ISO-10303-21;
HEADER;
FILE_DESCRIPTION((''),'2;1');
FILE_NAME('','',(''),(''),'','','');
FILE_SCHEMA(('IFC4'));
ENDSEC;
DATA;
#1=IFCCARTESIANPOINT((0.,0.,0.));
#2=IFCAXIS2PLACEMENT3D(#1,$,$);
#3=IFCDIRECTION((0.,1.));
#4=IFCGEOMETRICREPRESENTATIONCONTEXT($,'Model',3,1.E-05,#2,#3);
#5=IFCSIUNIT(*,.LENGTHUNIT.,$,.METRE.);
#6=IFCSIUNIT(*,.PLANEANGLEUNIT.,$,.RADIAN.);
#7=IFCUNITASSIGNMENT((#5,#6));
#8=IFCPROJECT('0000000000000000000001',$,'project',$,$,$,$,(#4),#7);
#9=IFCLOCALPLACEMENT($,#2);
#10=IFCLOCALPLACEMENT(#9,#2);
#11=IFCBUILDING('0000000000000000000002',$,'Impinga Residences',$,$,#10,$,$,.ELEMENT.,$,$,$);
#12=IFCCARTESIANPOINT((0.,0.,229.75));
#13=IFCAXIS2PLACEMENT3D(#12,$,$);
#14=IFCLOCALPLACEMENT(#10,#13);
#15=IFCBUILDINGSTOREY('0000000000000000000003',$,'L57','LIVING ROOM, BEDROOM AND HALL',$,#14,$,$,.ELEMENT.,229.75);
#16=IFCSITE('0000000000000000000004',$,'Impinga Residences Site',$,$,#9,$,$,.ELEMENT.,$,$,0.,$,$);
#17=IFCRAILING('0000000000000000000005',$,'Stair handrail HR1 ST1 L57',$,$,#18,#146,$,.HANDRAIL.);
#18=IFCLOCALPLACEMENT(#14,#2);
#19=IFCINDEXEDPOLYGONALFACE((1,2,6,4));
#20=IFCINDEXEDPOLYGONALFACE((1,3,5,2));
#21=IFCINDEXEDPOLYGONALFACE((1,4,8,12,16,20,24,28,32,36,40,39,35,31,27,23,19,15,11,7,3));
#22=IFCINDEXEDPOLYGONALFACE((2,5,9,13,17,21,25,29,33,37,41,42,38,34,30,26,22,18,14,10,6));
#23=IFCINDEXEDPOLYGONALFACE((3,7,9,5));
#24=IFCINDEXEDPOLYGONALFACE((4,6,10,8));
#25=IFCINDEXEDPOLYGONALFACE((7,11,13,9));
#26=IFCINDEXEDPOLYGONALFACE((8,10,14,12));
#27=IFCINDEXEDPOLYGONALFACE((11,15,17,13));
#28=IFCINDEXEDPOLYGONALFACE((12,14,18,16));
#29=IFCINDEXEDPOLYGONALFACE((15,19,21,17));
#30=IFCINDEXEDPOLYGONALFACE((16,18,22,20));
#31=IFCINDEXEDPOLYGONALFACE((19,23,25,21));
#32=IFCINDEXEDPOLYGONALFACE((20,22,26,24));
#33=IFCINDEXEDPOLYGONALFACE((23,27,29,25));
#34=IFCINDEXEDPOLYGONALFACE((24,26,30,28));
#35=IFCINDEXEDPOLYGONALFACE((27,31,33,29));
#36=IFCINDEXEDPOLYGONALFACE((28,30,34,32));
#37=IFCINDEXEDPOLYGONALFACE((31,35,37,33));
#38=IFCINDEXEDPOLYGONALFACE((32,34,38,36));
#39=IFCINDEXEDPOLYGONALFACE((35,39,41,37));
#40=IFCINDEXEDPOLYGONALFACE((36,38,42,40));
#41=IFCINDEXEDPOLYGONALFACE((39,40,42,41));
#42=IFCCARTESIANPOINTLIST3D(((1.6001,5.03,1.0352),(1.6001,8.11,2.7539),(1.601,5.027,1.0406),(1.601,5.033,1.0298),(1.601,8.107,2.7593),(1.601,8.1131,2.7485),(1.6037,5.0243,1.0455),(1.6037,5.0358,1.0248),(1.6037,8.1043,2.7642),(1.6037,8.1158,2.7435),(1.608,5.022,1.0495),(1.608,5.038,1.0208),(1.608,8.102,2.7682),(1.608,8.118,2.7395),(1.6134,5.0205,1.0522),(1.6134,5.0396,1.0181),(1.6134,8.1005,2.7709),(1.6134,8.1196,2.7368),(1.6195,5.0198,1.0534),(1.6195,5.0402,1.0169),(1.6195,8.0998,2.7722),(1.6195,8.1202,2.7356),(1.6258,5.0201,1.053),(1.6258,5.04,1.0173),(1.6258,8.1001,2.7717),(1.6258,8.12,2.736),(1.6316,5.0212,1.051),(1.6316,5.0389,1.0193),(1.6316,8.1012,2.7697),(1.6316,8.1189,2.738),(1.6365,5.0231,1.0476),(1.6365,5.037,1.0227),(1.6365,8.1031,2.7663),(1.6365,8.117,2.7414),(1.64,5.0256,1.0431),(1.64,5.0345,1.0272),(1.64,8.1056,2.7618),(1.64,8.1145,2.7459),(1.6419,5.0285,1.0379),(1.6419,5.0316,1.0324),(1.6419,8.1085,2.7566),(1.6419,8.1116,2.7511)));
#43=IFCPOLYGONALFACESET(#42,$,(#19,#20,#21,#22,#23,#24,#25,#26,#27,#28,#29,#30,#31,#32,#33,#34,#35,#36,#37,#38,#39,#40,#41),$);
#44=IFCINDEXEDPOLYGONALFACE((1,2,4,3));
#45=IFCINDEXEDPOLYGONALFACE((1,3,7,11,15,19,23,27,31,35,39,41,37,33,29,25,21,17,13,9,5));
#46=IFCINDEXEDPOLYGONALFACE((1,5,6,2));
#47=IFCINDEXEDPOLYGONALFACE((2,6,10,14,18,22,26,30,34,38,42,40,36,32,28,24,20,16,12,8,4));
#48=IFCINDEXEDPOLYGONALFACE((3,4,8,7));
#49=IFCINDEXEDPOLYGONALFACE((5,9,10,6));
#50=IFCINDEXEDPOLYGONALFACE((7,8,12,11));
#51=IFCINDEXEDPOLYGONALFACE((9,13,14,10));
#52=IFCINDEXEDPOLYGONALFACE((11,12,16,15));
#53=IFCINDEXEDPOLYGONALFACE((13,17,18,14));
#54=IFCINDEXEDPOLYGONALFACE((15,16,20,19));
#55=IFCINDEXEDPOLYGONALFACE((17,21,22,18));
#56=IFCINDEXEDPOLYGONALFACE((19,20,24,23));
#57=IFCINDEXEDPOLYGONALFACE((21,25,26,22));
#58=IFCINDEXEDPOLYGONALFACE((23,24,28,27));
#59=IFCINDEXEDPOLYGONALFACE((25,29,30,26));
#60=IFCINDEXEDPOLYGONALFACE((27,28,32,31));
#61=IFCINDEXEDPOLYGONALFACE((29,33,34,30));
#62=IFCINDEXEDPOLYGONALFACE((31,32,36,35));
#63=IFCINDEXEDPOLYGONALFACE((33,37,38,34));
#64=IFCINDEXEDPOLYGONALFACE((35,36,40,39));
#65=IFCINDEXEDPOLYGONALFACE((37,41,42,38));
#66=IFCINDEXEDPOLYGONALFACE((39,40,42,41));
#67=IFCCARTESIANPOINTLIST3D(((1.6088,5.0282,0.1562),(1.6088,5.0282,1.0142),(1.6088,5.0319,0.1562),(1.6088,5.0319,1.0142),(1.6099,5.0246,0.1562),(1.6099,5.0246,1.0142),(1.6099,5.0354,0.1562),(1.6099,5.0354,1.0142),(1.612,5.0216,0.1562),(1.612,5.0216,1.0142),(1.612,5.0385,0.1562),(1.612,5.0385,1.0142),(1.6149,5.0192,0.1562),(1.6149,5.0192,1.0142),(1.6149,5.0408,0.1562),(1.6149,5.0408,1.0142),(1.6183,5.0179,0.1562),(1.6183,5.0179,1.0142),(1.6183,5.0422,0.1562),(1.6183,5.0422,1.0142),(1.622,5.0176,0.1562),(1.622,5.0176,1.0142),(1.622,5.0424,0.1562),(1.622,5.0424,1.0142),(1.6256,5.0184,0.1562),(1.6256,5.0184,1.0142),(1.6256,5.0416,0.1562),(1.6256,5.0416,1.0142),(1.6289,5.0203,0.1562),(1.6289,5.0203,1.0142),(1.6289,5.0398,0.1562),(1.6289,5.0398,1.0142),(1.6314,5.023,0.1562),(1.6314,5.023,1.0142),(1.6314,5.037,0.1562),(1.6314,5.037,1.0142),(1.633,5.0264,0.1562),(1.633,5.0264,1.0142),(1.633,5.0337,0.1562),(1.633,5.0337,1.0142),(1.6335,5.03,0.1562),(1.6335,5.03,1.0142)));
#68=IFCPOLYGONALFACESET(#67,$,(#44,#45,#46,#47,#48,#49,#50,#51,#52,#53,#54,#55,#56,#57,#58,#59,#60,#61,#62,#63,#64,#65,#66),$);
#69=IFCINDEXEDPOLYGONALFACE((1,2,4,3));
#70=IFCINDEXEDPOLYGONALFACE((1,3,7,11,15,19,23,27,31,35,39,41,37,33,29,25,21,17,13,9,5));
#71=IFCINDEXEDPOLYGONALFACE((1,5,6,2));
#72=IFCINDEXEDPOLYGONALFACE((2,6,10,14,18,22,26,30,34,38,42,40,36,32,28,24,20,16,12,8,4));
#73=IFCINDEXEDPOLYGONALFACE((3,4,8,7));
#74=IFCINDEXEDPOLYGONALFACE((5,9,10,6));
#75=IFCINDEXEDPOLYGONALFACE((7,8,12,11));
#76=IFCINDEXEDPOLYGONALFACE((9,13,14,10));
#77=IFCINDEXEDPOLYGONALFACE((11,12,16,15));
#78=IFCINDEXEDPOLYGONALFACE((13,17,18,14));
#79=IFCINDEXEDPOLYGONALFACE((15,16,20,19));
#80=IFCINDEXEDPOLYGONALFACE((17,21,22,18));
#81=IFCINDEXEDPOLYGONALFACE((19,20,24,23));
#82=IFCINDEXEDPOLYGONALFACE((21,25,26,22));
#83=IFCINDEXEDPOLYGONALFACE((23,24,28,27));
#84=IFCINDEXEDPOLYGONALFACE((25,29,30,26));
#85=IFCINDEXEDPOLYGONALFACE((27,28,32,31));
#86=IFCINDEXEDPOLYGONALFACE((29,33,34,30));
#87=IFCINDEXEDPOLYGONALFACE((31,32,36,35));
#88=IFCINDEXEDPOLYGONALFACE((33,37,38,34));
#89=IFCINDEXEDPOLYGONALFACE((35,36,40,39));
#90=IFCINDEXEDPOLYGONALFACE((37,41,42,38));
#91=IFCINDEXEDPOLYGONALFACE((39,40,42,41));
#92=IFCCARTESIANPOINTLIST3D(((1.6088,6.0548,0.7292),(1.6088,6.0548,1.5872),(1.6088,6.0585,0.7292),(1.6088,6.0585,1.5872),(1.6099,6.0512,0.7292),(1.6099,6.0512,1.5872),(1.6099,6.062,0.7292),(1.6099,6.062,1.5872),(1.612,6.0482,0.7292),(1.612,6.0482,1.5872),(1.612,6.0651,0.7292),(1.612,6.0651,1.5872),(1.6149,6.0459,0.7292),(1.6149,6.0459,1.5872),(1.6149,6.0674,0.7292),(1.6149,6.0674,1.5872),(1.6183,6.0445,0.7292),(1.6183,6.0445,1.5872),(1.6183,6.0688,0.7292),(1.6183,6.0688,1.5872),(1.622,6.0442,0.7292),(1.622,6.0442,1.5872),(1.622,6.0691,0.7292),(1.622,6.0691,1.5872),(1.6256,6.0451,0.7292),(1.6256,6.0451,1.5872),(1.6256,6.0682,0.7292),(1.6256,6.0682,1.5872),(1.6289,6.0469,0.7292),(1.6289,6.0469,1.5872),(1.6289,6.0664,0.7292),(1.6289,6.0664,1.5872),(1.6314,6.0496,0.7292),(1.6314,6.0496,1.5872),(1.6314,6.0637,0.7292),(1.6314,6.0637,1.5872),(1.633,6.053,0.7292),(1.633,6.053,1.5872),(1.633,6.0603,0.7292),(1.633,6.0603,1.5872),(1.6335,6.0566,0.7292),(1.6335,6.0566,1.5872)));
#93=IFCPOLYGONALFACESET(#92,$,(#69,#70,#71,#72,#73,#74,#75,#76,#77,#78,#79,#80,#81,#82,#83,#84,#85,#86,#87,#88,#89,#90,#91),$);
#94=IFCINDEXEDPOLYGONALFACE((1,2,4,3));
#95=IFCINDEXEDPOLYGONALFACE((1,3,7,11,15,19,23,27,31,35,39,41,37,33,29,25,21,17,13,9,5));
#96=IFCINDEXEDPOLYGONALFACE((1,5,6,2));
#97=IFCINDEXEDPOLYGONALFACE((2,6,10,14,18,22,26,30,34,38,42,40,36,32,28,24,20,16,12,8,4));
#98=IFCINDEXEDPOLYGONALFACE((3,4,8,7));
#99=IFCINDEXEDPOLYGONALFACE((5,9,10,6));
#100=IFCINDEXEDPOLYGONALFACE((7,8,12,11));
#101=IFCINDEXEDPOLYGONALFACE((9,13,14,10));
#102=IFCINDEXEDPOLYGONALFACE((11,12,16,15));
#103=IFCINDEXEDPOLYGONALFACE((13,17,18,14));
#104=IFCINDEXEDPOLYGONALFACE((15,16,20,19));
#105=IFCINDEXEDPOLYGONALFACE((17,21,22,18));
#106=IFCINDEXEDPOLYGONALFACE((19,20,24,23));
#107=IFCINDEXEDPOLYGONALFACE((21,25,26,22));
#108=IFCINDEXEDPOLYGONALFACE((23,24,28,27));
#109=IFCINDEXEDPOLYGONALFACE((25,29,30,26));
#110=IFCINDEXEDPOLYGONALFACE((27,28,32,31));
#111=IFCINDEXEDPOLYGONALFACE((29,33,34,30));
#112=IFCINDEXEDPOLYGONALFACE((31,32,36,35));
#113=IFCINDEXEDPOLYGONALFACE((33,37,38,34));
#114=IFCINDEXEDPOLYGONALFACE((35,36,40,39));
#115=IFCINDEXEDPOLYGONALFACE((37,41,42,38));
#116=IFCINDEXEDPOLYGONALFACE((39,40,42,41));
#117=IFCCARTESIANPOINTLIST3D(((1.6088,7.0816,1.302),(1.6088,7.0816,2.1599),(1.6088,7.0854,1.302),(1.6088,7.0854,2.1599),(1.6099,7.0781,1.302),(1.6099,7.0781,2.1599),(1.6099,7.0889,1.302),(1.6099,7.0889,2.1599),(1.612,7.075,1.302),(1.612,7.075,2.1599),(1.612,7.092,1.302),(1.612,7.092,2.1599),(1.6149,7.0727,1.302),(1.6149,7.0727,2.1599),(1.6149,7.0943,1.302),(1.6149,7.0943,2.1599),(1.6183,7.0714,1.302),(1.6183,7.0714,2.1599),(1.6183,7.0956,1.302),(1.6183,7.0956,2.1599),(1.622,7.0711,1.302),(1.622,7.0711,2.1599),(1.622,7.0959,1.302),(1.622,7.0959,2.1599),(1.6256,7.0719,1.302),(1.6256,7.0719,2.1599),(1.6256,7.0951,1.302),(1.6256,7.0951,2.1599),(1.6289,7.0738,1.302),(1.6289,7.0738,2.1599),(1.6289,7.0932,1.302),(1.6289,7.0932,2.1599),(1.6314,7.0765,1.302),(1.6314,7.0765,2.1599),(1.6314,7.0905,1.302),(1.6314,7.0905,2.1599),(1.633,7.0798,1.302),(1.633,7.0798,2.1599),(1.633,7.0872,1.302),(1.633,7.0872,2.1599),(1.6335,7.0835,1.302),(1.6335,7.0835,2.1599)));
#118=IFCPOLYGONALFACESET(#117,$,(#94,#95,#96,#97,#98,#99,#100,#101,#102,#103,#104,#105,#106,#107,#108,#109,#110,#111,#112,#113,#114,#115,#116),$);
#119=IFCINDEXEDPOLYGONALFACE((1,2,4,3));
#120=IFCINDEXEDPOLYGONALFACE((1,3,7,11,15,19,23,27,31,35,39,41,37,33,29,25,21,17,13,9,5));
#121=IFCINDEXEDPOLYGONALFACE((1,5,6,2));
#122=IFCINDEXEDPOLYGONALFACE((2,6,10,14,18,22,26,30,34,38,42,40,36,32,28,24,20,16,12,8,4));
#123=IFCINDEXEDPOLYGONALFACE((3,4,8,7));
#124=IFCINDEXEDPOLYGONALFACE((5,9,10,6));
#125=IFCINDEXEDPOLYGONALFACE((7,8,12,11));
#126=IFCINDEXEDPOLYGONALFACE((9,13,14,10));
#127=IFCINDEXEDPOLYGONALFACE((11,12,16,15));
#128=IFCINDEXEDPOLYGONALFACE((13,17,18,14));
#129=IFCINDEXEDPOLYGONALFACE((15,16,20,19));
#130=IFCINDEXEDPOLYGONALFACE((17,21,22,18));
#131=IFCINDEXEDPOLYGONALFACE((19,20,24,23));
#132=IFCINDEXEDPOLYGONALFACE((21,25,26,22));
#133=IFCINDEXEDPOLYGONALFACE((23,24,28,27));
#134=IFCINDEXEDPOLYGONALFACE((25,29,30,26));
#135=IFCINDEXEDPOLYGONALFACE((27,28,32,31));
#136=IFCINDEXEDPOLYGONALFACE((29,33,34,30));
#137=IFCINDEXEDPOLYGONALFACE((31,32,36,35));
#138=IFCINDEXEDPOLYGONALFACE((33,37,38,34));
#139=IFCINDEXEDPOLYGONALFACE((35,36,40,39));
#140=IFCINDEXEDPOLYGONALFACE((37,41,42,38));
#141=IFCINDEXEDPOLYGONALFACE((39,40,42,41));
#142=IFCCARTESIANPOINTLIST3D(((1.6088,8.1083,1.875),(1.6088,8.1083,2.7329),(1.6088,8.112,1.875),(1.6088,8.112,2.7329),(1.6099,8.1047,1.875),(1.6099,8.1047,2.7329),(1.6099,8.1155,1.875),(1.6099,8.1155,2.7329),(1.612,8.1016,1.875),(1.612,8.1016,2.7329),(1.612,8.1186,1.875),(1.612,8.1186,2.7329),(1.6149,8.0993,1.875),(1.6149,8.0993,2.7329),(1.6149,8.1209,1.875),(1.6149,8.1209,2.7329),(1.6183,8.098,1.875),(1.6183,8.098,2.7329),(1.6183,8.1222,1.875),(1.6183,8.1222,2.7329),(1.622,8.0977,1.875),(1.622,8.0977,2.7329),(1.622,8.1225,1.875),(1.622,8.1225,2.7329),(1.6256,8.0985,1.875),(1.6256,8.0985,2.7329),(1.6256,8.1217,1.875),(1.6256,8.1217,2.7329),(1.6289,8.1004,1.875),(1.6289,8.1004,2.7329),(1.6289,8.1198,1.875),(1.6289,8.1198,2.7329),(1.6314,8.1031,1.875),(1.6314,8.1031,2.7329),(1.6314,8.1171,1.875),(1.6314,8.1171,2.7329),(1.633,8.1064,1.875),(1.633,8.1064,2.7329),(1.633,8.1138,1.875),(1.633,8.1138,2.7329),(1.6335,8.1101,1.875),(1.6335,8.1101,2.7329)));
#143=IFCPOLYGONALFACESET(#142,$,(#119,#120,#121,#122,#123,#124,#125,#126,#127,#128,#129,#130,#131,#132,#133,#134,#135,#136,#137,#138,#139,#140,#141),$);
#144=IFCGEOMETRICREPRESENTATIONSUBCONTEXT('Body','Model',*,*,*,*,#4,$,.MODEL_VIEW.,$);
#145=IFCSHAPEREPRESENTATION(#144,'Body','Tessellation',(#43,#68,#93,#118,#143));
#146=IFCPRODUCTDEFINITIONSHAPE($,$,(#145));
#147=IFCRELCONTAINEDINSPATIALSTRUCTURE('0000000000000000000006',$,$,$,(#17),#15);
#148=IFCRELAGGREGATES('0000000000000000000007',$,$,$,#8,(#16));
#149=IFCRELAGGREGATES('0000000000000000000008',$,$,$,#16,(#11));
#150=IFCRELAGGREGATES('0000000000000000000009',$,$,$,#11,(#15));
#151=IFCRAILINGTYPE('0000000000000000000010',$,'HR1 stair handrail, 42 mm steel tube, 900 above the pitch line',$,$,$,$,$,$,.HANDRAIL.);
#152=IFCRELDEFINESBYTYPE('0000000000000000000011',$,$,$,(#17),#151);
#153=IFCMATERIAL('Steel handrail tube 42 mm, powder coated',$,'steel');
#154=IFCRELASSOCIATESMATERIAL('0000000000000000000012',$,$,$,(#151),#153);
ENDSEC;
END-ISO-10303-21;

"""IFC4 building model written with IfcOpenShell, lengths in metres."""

from ifc_helpers import new_model, si_unit, direction, frame, origin, origin_2d, place, context, subcontext, project, spatial, circle, extrude, material, type_object, element, save


model = new_model("IFC4")

# Units and contexts
model_context = context("Model", 3, precision=1e-05, world=origin(), true_north=direction((0.0, 1.0)))
body_context = subcontext(model_context, "Body", "Model", "MODEL_VIEW")
ifc_project = project(units=[si_unit("LENGTHUNIT", "METRE"), si_unit("PLANEANGLEUNIT", "RADIAN")], contexts=[model_context])

# Site, building, storey
site_placement = place(None, origin())
site = spatial("IfcSite", under=ifc_project, at=site_placement, Name="Impinga Residences Site", CompositionType="ELEMENT", RefElevation=0.0)
building_placement = place(site_placement, origin())
building = spatial("IfcBuilding", under=site, at=building_placement, Name="Impinga Residences", CompositionType="ELEMENT")
storey_placement = place(building_placement, frame((0.0, 0.0, 229.75)))
storey = spatial("IfcBuildingStorey", under=building, at=storey_placement, Name="L57", Description="LIVING ROOM, BEDROOM AND HALL", CompositionType="ELEMENT", Elevation=229.75)

# Railing
ifc_material_1 = material(Name="Steel handrail tube 42 mm, powder coated", Category="steel")
railing_type_1 = type_object("IfcRailingType", Name="HR1 stair handrail, 42 mm steel tube, 900 above the pitch line", PredefinedType="HANDRAIL", material=ifc_material_1)
railing_1_placement = place(storey_placement, frame((1.6211, 5.03, 0.1562)))
element("IfcRailing", 1, at=railing_1_placement, inside=storey, type_object=railing_type_1, Name="Stair handrail HR1 ST1 L57", PredefinedType="HANDRAIL", context=body_context, shape_type="SweptSolid", body=[
    extrude(circle(Radius=0.021, at=origin_2d()), frame((0.0, 0.0, 0.8789), z_axis=(0.0, 0.873242, 0.487288), x_axis=(-1.0, 0.0, 0.0)), (0.0, 0.0, 1.0), 3.5271),
    extrude(circle(Radius=0.0125, at=origin_2d()), origin(), (0.0, 0.0, 1.0), 0.8579),
    extrude(circle(Radius=0.0125, at=origin_2d()), frame((0.0, 1.0266, 0.573)), (0.0, 0.0, 1.0), 0.8579),
    extrude(circle(Radius=0.0125, at=origin_2d()), frame((0.0, 2.0535, 1.1458)), (0.0, 0.0, 1.0), 0.8579),
    extrude(circle(Radius=0.0125, at=origin_2d()), frame((0.0, 3.0801, 1.7188)), (0.0, 0.0, 1.0), 0.8579),
])

save(model, "model.ifc")
